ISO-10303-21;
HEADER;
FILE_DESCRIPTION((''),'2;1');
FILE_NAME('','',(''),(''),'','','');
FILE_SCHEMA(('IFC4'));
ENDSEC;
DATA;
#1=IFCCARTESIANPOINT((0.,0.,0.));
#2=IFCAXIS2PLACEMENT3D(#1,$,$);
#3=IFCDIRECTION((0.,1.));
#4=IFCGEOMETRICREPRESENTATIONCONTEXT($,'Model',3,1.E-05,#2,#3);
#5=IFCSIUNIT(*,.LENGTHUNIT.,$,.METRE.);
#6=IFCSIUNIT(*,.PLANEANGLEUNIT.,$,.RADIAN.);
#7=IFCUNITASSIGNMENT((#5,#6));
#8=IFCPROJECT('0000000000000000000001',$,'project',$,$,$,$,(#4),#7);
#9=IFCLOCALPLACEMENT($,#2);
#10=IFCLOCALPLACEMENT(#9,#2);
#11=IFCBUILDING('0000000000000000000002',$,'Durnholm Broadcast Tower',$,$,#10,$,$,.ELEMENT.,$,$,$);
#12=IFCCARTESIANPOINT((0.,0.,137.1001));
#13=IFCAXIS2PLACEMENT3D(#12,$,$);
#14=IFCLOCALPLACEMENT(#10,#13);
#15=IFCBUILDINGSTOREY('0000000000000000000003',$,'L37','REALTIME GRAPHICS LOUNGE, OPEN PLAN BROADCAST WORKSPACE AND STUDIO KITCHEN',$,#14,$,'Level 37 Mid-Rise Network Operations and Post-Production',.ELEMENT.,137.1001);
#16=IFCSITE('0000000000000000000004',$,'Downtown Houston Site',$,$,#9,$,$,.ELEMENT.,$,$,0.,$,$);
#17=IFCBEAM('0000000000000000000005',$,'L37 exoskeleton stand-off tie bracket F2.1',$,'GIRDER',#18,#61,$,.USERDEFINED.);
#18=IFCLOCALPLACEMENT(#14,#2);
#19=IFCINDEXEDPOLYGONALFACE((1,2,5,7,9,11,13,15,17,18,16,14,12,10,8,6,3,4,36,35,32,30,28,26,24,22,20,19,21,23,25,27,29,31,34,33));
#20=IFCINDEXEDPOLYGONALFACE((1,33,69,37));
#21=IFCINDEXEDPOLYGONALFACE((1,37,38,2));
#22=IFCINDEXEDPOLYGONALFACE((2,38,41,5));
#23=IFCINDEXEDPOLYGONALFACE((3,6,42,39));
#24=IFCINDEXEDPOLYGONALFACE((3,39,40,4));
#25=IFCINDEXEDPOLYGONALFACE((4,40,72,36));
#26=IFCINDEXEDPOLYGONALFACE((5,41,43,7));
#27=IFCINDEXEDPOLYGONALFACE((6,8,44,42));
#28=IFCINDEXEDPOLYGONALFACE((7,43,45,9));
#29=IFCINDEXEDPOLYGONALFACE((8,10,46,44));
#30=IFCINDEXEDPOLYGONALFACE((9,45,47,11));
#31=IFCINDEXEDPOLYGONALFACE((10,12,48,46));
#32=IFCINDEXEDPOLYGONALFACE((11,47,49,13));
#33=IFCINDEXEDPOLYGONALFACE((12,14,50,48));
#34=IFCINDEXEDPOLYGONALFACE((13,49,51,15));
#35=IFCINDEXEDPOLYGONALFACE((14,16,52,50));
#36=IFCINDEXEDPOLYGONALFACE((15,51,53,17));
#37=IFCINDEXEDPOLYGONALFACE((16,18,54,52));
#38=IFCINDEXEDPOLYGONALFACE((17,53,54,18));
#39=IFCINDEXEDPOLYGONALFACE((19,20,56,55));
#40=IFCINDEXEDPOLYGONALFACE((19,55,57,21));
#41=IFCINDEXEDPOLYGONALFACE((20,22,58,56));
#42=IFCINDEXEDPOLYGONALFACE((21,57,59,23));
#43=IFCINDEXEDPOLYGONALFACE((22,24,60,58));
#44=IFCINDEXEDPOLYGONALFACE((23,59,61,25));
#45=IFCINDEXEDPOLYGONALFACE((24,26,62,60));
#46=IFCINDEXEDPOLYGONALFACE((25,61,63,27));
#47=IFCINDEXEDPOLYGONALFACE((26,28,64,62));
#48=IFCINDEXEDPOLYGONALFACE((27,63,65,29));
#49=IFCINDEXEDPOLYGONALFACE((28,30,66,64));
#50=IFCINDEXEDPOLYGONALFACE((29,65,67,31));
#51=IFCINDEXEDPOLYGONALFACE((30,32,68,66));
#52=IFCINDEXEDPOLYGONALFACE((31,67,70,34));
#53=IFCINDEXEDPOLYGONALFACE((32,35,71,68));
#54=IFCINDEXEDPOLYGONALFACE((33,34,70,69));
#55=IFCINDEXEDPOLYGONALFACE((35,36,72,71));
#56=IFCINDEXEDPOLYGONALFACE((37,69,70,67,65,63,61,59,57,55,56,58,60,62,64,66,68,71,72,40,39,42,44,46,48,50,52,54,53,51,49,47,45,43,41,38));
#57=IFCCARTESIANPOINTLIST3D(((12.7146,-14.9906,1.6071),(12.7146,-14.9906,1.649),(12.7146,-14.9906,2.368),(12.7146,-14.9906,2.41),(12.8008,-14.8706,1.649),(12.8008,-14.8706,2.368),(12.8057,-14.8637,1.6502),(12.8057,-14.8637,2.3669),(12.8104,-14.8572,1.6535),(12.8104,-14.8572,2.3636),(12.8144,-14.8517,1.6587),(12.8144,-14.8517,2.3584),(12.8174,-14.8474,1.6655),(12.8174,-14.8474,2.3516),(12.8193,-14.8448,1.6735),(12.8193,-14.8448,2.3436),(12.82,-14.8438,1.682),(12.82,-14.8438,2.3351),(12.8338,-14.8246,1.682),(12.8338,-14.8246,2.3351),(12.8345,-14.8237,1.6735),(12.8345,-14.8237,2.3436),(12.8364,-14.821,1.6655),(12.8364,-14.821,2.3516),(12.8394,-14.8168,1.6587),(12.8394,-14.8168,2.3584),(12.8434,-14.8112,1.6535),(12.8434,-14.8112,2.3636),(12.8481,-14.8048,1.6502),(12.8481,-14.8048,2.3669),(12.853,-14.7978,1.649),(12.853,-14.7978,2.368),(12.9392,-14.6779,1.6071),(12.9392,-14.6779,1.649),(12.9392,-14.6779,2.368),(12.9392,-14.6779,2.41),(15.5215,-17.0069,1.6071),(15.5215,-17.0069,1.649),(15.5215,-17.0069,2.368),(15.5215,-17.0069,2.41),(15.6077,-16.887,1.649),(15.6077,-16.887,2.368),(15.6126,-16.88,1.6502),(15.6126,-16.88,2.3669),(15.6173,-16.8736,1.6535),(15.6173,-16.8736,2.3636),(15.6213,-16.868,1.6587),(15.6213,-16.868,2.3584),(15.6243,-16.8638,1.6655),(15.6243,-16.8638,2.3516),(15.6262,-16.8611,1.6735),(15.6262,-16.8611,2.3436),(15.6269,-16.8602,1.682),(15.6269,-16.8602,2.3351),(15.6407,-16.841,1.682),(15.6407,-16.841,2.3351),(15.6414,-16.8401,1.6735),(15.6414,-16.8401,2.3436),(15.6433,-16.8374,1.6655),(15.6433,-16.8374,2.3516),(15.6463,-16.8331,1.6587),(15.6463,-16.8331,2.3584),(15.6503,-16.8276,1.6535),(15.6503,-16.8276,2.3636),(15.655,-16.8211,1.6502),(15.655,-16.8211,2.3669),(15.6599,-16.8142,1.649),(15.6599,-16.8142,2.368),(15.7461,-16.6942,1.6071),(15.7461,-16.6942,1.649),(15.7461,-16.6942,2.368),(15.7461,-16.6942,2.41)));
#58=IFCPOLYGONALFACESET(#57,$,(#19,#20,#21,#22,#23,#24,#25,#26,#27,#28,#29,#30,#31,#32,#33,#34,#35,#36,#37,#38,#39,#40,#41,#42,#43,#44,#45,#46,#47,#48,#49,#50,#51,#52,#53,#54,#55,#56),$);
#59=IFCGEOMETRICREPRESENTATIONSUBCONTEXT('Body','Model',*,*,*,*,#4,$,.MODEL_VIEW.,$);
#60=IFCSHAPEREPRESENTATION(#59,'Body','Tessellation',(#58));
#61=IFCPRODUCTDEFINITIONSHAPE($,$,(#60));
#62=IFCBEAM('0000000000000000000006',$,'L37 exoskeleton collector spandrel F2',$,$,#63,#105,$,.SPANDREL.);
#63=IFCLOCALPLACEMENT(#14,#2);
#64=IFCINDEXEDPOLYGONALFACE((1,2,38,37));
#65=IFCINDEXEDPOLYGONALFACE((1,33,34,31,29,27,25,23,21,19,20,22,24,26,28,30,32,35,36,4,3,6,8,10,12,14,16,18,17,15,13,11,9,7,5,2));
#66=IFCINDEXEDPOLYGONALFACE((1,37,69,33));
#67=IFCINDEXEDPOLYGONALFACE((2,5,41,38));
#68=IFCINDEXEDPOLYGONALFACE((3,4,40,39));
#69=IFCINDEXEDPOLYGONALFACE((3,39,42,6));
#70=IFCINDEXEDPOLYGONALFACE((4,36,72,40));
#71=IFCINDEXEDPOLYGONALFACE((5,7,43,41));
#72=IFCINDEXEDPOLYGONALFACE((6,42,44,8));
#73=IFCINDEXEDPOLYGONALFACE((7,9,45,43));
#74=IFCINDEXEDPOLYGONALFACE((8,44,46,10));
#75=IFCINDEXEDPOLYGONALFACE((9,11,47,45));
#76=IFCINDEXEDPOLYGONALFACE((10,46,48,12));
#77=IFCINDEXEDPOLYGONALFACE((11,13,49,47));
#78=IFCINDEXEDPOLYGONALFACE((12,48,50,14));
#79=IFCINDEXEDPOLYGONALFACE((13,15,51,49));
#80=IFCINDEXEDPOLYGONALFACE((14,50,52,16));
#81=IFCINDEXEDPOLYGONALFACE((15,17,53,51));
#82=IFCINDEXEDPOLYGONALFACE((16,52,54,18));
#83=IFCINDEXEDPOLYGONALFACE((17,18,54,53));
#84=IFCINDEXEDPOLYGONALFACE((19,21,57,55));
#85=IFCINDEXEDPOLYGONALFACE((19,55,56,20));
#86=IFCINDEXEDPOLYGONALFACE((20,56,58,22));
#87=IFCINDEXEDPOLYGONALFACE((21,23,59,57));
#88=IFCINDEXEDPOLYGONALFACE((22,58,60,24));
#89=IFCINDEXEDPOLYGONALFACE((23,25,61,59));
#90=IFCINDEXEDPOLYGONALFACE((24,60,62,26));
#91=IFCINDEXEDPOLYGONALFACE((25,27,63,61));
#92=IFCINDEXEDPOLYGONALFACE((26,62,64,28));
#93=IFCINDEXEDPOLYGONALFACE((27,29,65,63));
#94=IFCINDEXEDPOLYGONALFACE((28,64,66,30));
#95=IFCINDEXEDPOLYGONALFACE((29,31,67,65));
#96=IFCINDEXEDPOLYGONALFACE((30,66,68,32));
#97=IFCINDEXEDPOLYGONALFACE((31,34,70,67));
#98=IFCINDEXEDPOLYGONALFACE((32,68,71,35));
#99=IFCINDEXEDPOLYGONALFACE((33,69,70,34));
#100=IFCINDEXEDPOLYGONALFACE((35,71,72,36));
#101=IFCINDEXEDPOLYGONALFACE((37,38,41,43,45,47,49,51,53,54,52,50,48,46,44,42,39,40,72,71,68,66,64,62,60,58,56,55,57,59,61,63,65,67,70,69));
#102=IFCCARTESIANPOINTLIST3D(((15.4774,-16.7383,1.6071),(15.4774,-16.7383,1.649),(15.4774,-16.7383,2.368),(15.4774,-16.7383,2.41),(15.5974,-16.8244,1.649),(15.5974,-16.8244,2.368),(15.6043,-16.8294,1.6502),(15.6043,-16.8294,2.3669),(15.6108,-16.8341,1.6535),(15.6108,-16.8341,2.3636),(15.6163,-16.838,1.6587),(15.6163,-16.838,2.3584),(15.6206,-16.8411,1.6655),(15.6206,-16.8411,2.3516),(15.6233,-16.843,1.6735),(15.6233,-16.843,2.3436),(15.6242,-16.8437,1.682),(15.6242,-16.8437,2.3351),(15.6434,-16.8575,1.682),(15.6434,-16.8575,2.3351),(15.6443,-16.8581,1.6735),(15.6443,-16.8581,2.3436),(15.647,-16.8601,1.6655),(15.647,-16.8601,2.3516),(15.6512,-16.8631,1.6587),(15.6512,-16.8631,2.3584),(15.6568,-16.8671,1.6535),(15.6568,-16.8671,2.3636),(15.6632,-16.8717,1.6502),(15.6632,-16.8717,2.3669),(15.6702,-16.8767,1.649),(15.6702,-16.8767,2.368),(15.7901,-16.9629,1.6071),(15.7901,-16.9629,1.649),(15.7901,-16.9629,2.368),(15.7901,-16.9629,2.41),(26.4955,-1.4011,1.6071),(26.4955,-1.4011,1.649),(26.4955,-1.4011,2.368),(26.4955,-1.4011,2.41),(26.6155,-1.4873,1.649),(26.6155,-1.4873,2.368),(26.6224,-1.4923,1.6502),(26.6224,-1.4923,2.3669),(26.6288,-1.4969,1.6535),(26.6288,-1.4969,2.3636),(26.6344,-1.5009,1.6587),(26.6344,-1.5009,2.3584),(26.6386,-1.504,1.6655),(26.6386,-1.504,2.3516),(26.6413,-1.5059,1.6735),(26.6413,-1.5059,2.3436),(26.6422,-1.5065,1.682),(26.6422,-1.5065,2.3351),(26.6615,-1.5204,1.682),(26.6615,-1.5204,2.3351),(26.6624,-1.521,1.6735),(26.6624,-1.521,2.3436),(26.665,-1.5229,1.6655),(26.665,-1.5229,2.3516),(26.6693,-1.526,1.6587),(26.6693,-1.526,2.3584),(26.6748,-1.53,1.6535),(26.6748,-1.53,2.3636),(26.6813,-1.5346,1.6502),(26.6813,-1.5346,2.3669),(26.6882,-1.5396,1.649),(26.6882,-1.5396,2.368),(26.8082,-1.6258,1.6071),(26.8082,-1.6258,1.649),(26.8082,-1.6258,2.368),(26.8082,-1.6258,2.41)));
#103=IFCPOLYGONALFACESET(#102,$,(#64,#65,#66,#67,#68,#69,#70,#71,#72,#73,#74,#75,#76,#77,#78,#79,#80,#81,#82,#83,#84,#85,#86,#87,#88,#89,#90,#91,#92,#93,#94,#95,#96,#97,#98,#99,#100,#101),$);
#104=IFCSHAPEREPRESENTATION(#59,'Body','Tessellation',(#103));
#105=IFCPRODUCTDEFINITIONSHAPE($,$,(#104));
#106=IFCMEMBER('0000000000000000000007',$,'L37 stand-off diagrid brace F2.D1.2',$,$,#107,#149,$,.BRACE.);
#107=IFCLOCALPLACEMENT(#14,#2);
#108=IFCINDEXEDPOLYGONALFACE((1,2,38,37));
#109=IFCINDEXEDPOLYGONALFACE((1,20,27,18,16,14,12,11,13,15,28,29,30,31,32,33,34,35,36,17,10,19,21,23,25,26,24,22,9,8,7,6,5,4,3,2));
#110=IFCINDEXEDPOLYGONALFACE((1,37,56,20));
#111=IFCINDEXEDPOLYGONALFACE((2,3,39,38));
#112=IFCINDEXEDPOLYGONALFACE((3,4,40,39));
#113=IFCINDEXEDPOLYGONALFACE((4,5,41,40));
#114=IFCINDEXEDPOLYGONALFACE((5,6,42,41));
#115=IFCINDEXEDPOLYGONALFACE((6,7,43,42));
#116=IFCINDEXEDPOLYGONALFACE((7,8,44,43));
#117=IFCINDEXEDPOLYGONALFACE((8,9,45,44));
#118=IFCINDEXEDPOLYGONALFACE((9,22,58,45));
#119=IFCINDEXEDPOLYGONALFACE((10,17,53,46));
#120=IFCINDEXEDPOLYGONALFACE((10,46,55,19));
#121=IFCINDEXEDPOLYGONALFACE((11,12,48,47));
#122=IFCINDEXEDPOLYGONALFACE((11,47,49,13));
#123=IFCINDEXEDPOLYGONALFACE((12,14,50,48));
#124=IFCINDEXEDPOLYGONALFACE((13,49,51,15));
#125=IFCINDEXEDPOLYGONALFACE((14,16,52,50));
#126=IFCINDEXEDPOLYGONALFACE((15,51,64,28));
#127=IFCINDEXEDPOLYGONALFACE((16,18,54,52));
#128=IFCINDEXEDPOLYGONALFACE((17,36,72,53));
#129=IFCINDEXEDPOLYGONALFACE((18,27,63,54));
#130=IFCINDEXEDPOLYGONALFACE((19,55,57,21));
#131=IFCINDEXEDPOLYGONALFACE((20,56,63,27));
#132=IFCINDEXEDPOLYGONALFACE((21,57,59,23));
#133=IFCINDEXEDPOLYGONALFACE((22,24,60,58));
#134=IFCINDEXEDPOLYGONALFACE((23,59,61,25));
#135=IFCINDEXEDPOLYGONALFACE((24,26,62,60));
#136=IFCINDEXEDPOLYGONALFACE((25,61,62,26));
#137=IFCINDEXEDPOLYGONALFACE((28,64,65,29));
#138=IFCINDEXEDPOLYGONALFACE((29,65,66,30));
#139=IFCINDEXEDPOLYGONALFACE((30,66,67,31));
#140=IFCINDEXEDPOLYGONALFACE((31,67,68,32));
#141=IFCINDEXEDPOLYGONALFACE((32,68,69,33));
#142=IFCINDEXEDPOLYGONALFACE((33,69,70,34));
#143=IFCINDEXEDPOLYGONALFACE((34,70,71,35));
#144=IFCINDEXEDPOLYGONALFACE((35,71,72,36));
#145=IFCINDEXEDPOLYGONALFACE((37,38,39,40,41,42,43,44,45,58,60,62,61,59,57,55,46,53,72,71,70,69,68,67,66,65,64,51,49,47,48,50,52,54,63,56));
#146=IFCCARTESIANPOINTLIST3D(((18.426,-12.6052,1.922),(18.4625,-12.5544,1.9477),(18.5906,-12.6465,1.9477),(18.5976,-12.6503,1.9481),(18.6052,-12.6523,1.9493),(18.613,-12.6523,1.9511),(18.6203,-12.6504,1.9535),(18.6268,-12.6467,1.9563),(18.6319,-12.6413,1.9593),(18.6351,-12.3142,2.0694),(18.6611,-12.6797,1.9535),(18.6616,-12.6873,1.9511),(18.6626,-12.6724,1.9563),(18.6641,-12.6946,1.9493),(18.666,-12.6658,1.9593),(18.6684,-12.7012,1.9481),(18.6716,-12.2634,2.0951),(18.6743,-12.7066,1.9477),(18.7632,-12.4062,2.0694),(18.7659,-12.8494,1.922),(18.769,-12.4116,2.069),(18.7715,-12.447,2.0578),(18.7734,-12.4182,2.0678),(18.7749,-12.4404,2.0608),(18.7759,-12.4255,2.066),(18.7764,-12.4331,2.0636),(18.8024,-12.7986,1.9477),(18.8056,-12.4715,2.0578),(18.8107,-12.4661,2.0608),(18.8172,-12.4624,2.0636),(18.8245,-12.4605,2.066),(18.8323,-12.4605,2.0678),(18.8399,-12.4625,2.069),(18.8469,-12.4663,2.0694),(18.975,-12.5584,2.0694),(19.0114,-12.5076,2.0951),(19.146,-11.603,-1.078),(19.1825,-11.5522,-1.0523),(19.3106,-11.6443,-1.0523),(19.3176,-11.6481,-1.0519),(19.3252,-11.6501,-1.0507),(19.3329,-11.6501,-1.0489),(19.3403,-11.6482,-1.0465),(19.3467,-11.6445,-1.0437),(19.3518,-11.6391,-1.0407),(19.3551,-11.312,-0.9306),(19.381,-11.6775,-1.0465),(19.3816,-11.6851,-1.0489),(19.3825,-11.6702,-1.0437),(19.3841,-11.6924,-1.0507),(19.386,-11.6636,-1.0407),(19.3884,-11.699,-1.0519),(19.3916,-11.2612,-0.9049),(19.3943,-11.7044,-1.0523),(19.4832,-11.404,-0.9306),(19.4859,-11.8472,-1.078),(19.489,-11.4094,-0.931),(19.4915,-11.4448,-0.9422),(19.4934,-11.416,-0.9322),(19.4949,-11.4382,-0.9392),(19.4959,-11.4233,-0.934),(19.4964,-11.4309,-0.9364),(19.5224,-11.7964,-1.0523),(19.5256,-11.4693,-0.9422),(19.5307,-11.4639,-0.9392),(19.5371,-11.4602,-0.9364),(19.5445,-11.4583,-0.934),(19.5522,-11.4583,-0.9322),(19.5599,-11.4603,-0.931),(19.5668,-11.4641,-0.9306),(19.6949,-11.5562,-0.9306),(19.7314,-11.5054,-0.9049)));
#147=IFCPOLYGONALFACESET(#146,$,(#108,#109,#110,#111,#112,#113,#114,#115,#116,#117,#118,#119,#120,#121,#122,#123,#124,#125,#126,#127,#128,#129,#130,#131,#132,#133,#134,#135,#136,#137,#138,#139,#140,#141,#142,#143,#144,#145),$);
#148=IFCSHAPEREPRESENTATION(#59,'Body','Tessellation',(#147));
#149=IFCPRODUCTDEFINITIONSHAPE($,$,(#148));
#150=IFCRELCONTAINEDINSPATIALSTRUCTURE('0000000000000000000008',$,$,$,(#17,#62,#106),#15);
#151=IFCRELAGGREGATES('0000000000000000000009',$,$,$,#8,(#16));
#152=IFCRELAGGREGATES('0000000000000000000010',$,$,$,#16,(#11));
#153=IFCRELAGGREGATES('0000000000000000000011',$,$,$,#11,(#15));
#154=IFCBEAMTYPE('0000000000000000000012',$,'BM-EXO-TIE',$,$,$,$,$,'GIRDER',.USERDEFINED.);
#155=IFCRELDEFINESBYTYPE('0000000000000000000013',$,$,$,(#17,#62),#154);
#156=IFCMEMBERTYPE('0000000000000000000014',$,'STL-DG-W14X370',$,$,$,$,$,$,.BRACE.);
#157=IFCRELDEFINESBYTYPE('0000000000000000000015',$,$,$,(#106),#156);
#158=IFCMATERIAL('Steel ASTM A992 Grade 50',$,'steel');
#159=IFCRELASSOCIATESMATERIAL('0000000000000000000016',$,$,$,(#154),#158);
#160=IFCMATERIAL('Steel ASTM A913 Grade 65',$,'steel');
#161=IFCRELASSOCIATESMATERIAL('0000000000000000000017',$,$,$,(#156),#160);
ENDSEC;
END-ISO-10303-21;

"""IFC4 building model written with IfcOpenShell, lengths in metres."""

from ifc_helpers import new_model, si_unit, direction, frame, origin, origin_2d, place, context, subcontext, project, spatial, i_section, extrude, source, transform, mapped, material, material_profile, profile_set, type_object, type_shapes, element, save


model = new_model("IFC4")

# Units and contexts
model_context = context("Model", 3, precision=1e-05, world=origin(), true_north=direction((0.0, 1.0)))
body_context = subcontext(model_context, "Body", "Model", "MODEL_VIEW")
ifc_project = project(units=[si_unit("LENGTHUNIT", "METRE"), si_unit("PLANEANGLEUNIT", "RADIAN")], contexts=[model_context])

# Site, building, storey
site_placement = place(None, origin())
site = spatial("IfcSite", under=ifc_project, at=site_placement, Name="Downtown Houston Site", CompositionType="ELEMENT", RefElevation=0.0)
building_placement = place(site_placement, origin())
building = spatial("IfcBuilding", under=site, at=building_placement, Name="Durnholm Broadcast Tower", CompositionType="ELEMENT")
storey_placement = place(building_placement, frame((0.0, 0.0, 137.1001)))
storey = spatial("IfcBuildingStorey", under=building, at=storey_placement, Name="L37", Description="REALTIME GRAPHICS LOUNGE, OPEN PLAN BROADCAST WORKSPACE AND STUDIO KITCHEN", LongName="Level 37 Mid-Rise Network Operations and Post-Production", CompositionType="ELEMENT", Elevation=137.1001)

# Beams
ifc_material_1 = material(Name="Steel ASTM A992 Grade 50", Category="steel")
ifc_material_profile_1 = material_profile(ifc_material_1, i_section(OverallWidth=0.385, OverallDepth=0.803, WebThickness=0.0237, FlangeThickness=0.042, FilletRadius=0.033, at=origin_2d()), Name="W30X261")
ifc_profile_set_1 = profile_set([ifc_material_profile_1], Name="Steel ASTM A992 Grade 50")
beam_type = type_object("IfcBeamType", Name="BM-EXO-TIE", ElementType="GIRDER", PredefinedType="USERDEFINED", material=ifc_profile_set_1)
shared_shape_1 = source(origin(), body_context, "Body", "SweptSolid", [
    extrude(i_section(OverallWidth=0.385, OverallDepth=0.803, WebThickness=0.0237, FlangeThickness=0.042, FilletRadius=0.033, at=origin_2d()), origin(), (0.0, 0.0, 1.0), 3.4561),
])
beam_1_placement = place(storey_placement, frame((12.8269, -14.8342, 2.0085), z_axis=(0.812165, -0.583428, 0.0), x_axis=(0.583428, 0.812165, 0.0)))
element("IfcBeam", 1, at=beam_1_placement, inside=storey, type_object=beam_type, Name="L37 exoskeleton stand-off tie bracket F2.1", ObjectType="GIRDER", PredefinedType="USERDEFINED", context=body_context, shape_type="MappedRepresentation", body=[
    mapped(shared_shape_1, transform((0.0, 0.0, 0.0), x_axis=(1.0, 0.0, 0.0), y_axis=(0.0, 1.0, 0.0), z_axis=(0.0, 0.0, 1.0), scale=1.0)),
])
shared_shape_2 = source(origin(), body_context, "Body", "SweptSolid", [
    extrude(i_section(OverallWidth=0.385, OverallDepth=0.803, WebThickness=0.0237, FlangeThickness=0.042, FilletRadius=0.033, at=origin_2d()), origin(), (0.0, 0.0, 1.0), 18.8845),
])
type_shapes(beam_type, [shared_shape_1, shared_shape_2])
beam_2_placement = place(storey_placement, frame((15.6338, -16.8506, 2.0085), z_axis=(0.583443, 0.812154, 0.0), x_axis=(-0.812154, 0.583443, 0.0)))
element("IfcBeam", 2, at=beam_2_placement, inside=storey, type_object=beam_type, Name="L37 exoskeleton collector spandrel F2", PredefinedType="SPANDREL", context=body_context, shape_type="MappedRepresentation", body=[
    mapped(shared_shape_2, transform((0.0, 0.0, 0.0), x_axis=(1.0, 0.0, 0.0), y_axis=(0.0, 1.0, 0.0), z_axis=(0.0, 0.0, 1.0), scale=1.0)),
])

# Member
ifc_material_2 = material(Name="Steel ASTM A913 Grade 65", Category="steel")
ifc_material_profile_2 = material_profile(ifc_material_2, i_section(OverallWidth=0.4185, OverallDepth=0.4551, WebThickness=0.042, FlangeThickness=0.0676, FilletRadius=0.0305, at=origin_2d()), Name="W14X370")
ifc_profile_set_2 = profile_set([ifc_material_profile_2], Name="Steel ASTM A913 Grade 65")
member_type_1 = type_object("IfcMemberType", Name="STL-DG-W14X370", PredefinedType="BRACE", material=ifc_profile_set_2)
shared_shape_3 = source(origin(), body_context, "Body", "SweptSolid", [
    extrude(i_section(OverallWidth=0.4185, OverallDepth=0.4551, WebThickness=0.042, FlangeThickness=0.0676, FilletRadius=0.0305, at=origin_2d()), origin(), (0.0, 0.0, 1.0), 3.2439),
])
member_1_placement = place(storey_placement, frame((19.4387, -11.5542, -0.9915), z_axis=(-0.221947, -0.30895, 0.924818), x_axis=(0.812153, -0.583444, 0.0)))
element("IfcMember", 3, at=member_1_placement, inside=storey, type_object=member_type_1, Name="L37 stand-off diagrid brace F2.D1.2", PredefinedType="BRACE", context=body_context, shape_type="MappedRepresentation", body=[
    mapped(shared_shape_3, transform((0.0, 0.0, 0.0), x_axis=(1.0, 0.0, 0.0), y_axis=(0.0, 1.0, 0.0), z_axis=(0.0, 0.0, 1.0), scale=1.0)),
])

save(model, "model.ifc")
